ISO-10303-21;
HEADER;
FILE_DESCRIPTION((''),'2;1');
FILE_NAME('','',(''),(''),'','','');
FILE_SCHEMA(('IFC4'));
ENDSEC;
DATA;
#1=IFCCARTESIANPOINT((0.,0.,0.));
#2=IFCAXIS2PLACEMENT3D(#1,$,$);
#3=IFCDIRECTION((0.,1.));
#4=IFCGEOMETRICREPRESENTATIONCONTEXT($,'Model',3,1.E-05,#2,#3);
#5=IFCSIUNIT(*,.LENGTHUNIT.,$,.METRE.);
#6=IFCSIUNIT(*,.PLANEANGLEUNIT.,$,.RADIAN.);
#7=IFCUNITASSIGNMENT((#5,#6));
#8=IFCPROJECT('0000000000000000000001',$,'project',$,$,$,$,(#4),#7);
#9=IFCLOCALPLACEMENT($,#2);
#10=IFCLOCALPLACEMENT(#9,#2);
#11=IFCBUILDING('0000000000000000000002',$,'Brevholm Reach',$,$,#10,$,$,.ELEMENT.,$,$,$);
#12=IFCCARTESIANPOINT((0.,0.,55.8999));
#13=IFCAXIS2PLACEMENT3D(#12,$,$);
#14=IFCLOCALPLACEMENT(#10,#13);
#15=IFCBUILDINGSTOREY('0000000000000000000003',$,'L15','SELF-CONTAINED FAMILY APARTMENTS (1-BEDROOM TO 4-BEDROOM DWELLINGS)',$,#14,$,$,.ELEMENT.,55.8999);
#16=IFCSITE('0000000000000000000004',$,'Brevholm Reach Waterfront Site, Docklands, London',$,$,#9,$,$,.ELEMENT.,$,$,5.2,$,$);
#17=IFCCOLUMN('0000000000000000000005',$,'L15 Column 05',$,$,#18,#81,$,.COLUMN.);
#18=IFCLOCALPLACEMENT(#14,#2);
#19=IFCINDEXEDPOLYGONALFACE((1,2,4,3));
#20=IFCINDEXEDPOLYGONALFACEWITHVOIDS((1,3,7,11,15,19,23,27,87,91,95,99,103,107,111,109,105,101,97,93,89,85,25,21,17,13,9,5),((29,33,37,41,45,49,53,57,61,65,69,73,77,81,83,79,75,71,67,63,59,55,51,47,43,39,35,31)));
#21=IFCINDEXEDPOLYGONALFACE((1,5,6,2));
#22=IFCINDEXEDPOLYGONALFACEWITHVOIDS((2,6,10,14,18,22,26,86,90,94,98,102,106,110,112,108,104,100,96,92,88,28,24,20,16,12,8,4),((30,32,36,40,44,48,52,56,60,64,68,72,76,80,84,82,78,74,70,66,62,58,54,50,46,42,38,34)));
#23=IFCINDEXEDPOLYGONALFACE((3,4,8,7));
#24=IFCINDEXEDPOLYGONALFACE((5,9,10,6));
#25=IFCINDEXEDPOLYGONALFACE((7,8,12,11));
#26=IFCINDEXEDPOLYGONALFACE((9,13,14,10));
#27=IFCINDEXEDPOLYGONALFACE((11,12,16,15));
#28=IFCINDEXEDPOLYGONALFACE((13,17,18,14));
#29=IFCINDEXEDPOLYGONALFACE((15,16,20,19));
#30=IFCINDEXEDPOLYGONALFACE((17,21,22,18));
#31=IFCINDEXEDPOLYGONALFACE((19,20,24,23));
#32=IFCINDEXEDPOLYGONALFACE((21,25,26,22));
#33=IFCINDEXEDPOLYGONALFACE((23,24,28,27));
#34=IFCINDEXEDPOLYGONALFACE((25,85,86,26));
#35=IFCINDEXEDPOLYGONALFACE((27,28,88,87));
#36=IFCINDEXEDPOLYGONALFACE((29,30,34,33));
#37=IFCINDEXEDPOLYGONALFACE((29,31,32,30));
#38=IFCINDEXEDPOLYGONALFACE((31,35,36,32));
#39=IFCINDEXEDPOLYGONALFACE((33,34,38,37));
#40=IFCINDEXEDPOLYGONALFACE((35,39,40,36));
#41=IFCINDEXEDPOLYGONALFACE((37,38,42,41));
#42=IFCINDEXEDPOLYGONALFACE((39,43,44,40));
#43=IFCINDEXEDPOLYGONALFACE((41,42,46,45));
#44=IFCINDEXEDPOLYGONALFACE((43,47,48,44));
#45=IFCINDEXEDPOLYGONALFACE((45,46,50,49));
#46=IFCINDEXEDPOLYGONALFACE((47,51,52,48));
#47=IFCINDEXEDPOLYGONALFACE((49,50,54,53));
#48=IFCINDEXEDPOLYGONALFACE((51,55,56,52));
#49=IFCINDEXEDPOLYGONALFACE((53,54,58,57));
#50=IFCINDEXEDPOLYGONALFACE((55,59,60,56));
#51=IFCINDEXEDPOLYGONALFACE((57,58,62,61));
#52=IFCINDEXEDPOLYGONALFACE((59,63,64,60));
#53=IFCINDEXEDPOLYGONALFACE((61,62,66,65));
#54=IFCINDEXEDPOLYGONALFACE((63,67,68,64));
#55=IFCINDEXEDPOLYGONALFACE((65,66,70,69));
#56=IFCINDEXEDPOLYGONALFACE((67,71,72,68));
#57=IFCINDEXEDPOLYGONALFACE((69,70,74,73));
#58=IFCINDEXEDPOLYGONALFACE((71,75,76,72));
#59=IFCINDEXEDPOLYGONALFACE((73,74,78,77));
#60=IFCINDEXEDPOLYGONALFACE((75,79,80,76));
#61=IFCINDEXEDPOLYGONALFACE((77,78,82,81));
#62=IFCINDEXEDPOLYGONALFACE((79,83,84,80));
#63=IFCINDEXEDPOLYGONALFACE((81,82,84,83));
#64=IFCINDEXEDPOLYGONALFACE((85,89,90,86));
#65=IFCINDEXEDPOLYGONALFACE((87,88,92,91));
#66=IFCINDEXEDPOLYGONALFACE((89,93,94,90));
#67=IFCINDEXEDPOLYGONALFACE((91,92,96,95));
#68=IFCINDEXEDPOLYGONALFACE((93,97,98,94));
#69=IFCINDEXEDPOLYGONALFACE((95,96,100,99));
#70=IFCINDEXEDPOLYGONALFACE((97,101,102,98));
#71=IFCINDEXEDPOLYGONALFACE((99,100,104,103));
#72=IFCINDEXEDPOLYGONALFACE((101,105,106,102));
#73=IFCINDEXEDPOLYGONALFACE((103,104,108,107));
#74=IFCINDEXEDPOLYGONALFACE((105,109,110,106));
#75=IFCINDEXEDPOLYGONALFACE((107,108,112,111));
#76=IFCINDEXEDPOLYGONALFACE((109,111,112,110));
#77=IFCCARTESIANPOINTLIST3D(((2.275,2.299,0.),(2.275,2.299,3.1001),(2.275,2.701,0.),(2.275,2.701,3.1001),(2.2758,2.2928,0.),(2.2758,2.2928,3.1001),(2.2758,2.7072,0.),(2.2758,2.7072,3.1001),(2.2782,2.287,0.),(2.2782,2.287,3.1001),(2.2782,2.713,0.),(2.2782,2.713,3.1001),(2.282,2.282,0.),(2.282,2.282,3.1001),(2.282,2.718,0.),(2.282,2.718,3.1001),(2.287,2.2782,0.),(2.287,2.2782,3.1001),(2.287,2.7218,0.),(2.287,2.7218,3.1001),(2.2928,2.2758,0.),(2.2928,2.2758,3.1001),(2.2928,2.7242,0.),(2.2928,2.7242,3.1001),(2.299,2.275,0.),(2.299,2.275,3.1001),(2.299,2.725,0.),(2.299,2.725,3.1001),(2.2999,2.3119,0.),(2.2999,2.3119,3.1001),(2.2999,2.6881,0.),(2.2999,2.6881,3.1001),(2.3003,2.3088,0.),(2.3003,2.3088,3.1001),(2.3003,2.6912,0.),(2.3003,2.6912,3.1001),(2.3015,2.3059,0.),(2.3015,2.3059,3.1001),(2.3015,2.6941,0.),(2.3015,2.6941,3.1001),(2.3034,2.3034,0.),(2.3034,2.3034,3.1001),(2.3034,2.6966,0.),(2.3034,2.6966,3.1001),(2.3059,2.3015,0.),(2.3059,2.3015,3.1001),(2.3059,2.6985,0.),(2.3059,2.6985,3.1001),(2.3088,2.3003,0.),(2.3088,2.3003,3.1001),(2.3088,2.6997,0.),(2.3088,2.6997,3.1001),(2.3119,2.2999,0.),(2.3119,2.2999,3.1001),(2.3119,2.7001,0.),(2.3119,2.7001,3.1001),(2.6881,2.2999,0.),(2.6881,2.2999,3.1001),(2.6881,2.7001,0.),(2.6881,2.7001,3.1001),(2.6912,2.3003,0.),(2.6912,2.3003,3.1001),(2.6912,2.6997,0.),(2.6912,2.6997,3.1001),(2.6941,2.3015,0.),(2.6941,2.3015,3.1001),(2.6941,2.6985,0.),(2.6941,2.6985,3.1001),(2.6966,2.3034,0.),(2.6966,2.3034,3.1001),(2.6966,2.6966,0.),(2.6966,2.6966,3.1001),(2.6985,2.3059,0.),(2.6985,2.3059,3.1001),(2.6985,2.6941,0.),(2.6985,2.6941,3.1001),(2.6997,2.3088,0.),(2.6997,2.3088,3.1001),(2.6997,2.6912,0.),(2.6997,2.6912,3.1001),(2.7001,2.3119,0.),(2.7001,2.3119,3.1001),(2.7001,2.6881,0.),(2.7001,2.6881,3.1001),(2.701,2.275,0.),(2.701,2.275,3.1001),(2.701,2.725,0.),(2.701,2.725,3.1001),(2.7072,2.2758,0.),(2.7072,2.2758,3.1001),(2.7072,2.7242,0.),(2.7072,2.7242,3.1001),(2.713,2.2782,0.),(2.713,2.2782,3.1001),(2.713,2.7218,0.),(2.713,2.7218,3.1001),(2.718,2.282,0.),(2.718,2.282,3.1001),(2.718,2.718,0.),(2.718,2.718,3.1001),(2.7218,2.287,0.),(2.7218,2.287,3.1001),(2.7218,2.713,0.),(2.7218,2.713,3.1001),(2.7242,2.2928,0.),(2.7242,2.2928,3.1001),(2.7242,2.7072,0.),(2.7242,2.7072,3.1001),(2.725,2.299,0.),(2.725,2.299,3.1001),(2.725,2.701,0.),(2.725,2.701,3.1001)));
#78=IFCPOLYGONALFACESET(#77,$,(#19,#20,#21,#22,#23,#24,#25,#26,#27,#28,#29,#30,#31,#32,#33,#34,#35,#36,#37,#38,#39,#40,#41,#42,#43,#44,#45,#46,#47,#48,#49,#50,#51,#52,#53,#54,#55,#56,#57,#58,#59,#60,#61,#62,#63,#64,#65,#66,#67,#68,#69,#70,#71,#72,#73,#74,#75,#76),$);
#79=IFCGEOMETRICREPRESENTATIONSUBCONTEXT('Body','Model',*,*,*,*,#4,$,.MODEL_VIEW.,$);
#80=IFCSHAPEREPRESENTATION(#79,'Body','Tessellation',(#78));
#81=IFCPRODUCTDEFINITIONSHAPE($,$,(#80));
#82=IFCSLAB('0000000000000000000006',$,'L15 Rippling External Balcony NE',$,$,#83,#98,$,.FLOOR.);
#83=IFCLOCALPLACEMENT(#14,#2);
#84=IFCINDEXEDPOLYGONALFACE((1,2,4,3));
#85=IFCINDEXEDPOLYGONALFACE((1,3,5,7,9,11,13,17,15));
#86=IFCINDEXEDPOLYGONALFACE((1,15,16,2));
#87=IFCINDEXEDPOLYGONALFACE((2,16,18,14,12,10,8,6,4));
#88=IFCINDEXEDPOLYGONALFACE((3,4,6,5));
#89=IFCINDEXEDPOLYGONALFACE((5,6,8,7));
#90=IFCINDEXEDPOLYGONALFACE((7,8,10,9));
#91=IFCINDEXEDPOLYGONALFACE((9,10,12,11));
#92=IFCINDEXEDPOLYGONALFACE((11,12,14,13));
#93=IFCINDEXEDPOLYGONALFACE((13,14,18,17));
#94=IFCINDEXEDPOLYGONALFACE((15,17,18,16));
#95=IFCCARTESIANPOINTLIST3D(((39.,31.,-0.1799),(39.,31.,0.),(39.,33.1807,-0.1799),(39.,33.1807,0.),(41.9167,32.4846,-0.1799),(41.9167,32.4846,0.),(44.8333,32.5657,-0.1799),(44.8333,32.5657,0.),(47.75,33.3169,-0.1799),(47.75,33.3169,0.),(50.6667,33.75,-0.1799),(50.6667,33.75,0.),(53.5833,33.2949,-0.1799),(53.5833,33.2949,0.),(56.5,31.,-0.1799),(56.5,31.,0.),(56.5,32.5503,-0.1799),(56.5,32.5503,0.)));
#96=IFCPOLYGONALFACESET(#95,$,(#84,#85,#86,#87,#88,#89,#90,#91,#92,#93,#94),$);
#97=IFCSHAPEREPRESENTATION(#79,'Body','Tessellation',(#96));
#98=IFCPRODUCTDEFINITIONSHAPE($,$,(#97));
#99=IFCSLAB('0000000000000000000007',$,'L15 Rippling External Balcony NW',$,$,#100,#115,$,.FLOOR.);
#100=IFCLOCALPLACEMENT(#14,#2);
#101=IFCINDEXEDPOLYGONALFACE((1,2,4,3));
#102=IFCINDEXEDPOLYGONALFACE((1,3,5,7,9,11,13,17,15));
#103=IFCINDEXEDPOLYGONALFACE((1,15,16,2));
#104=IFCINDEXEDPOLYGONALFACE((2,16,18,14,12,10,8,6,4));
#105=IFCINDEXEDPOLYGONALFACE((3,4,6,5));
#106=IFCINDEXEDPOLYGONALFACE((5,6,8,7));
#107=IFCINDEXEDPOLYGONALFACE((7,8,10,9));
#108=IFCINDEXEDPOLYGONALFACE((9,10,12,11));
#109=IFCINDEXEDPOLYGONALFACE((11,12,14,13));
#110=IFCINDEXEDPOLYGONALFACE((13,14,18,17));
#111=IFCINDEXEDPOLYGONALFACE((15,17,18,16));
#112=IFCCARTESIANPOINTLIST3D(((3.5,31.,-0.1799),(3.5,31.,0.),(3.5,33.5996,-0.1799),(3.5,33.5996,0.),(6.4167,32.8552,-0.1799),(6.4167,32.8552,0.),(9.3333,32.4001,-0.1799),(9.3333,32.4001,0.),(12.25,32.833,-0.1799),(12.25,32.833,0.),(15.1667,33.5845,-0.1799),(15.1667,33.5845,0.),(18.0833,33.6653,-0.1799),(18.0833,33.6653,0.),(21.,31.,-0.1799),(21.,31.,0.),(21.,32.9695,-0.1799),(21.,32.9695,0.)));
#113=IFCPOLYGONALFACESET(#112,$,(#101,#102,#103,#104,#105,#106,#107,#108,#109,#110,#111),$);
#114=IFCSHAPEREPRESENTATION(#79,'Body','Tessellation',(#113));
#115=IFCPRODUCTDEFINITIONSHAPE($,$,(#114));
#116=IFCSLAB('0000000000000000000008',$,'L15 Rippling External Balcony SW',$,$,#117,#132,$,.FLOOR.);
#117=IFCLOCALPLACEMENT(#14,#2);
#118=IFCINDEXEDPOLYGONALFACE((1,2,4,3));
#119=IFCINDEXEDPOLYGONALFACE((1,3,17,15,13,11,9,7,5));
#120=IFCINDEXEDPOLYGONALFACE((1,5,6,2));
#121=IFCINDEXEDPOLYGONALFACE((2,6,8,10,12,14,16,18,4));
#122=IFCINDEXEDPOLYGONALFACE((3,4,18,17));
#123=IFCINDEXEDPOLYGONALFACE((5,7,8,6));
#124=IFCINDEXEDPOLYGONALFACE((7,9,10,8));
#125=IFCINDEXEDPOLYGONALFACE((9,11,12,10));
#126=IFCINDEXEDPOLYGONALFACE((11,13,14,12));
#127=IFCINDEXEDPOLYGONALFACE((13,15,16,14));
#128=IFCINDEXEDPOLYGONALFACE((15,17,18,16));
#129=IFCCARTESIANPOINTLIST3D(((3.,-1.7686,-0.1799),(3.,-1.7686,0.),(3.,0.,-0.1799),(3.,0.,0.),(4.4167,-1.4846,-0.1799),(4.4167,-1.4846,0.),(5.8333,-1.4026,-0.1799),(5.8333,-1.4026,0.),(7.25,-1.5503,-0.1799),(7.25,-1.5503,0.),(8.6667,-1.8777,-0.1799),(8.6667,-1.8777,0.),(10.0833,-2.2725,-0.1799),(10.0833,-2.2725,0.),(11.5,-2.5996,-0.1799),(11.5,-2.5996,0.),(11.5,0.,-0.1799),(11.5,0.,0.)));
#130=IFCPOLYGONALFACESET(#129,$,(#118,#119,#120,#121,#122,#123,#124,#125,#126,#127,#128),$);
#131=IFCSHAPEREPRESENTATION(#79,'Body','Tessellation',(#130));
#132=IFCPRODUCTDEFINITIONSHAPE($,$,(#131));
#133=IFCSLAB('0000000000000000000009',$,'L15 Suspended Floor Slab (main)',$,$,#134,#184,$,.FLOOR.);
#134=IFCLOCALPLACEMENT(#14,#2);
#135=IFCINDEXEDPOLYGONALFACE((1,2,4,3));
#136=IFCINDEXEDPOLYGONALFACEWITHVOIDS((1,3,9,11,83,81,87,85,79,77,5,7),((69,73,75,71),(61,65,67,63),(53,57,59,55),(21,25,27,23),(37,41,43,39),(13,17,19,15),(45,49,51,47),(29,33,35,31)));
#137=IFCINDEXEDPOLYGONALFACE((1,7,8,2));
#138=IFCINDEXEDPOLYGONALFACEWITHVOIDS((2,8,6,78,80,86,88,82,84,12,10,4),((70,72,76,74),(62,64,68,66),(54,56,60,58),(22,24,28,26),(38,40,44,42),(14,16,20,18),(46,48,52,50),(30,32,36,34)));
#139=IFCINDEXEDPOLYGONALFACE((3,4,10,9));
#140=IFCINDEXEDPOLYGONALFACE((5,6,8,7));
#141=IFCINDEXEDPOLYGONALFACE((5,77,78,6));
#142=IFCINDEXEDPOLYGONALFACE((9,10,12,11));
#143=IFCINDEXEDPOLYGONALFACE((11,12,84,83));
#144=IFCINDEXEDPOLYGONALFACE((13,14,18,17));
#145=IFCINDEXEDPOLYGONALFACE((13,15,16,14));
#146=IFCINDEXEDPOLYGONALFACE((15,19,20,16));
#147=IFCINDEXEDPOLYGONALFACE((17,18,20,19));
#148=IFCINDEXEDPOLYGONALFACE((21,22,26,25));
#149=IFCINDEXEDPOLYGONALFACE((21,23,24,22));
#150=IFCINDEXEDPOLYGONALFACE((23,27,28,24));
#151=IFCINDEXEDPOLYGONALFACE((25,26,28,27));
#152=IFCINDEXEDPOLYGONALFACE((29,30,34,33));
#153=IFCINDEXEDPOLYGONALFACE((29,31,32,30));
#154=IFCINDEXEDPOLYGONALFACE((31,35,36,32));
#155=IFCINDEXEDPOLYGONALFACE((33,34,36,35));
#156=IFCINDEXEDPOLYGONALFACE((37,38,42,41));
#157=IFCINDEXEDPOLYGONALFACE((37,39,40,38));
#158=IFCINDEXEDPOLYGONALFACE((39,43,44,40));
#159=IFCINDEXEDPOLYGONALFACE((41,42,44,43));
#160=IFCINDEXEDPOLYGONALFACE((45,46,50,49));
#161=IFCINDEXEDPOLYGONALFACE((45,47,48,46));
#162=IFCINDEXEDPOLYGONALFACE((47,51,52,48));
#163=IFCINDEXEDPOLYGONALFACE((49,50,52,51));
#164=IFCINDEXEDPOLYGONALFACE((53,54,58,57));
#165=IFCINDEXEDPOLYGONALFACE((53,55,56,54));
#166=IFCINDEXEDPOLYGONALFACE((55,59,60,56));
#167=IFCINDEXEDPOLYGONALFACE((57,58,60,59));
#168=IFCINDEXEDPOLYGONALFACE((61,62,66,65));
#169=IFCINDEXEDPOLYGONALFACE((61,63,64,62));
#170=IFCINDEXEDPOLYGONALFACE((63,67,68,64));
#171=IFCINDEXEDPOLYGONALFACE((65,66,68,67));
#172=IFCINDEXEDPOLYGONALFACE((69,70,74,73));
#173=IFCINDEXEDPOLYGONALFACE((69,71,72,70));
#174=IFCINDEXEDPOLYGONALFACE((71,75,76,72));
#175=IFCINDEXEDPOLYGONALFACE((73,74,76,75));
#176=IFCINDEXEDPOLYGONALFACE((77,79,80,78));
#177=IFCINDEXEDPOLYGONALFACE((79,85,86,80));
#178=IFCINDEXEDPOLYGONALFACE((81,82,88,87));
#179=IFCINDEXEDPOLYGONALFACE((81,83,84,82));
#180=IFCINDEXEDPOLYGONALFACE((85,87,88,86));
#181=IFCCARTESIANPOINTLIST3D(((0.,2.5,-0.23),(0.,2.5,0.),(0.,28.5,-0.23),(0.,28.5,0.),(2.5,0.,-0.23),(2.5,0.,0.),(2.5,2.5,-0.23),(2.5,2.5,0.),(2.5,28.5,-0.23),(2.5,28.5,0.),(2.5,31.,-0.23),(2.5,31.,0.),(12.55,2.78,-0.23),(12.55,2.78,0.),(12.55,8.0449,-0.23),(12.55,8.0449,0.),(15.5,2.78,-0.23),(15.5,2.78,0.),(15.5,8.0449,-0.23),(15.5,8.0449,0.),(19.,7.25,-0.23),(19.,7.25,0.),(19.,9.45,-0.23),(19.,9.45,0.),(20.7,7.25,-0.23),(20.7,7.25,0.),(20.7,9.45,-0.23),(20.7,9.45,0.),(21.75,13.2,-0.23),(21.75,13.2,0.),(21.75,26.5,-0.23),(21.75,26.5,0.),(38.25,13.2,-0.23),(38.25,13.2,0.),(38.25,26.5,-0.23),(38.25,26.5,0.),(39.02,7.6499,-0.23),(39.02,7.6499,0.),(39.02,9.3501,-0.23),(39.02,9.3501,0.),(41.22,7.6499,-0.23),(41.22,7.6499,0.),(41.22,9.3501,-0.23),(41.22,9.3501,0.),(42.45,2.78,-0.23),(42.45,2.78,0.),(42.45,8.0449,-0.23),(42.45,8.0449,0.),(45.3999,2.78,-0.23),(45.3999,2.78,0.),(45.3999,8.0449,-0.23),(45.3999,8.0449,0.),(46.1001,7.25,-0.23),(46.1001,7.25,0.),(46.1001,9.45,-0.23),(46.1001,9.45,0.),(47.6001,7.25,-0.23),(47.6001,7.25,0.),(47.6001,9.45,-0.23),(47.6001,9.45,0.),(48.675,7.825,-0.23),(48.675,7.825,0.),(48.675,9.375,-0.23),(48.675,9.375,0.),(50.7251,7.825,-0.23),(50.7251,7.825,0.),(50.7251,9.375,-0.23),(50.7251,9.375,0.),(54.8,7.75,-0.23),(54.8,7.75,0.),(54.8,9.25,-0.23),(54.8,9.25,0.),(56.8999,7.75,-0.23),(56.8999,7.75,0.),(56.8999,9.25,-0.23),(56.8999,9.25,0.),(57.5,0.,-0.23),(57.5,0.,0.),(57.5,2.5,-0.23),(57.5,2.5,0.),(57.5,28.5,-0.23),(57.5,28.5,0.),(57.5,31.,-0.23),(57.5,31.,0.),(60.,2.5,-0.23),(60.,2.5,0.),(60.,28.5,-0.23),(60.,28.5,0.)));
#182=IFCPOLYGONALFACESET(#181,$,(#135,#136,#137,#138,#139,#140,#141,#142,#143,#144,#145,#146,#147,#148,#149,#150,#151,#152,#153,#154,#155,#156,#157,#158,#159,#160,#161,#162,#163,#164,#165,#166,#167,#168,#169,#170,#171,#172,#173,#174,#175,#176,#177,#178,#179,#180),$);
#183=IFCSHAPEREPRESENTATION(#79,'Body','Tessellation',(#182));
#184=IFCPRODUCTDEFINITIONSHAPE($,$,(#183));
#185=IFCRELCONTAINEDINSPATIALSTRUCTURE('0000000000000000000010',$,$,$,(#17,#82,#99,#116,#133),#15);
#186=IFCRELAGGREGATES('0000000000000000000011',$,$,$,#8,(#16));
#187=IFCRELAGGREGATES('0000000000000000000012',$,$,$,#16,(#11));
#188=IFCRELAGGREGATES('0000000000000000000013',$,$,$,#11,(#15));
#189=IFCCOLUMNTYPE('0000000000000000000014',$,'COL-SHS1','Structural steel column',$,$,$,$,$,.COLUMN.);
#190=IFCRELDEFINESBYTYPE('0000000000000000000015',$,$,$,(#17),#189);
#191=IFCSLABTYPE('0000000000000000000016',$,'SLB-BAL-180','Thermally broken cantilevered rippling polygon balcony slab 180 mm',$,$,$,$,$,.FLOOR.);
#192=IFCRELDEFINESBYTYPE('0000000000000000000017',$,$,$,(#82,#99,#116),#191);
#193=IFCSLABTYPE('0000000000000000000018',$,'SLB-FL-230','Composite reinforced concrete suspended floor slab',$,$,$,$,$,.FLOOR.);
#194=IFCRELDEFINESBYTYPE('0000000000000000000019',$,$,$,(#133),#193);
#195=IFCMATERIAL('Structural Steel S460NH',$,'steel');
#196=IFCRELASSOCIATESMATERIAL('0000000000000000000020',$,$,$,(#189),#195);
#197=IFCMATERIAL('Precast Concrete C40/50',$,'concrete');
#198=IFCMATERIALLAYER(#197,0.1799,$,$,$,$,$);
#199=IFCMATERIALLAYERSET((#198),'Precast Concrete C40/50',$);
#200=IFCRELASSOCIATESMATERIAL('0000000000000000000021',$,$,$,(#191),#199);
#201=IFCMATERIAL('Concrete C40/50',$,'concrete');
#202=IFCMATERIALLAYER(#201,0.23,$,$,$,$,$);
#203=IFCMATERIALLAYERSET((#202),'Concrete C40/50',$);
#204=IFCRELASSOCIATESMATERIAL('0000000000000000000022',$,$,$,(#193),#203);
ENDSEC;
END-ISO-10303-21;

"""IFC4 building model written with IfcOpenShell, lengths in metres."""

from ifc_helpers import new_model, si_unit, direction, frame, origin, origin_2d, place, context, subcontext, project, spatial, polyline, hollow_rectangle, outline, extrude, material, layer, layer_set, material_profile, profile_set, type_object, element, save


model = new_model("IFC4")

# Units and contexts
model_context = context("Model", 3, precision=1e-05, world=origin(), true_north=direction((0.0, 1.0)))
body_context = subcontext(model_context, "Body", "Model", "MODEL_VIEW")
ifc_project = project(units=[si_unit("LENGTHUNIT", "METRE"), si_unit("PLANEANGLEUNIT", "RADIAN")], contexts=[model_context])

# Site, building, storey
site_placement = place(None, origin())
site = spatial("IfcSite", under=ifc_project, at=site_placement, Name="Brevholm Reach Waterfront Site, Docklands, London", CompositionType="ELEMENT", RefElevation=5.2)
building_placement = place(site_placement, origin())
building = spatial("IfcBuilding", under=site, at=building_placement, Name="Brevholm Reach", CompositionType="ELEMENT")
storey_placement = place(building_placement, frame((0.0, 0.0, 55.8999)))
storey = spatial("IfcBuildingStorey", under=building, at=storey_placement, Name="L15", Description="SELF-CONTAINED FAMILY APARTMENTS (1-BEDROOM TO 4-BEDROOM DWELLINGS)", CompositionType="ELEMENT", Elevation=55.8999)

# Column
ifc_material_1 = material(Name="Structural Steel S460NH", Category="steel")
ifc_material_profile = material_profile(ifc_material_1, hollow_rectangle(XDim=0.45, YDim=0.45, WallThickness=0.0249, InnerFilletRadius=0.012, OuterFilletRadius=0.0239, at=origin_2d()), Name="SHS 450x450x25")
ifc_profile_set = profile_set([ifc_material_profile], Name="Structural Steel S460NH")
column_type = type_object("IfcColumnType", Name="COL-SHS1", Description="Structural steel column", PredefinedType="COLUMN", material=ifc_profile_set)
column_placement = place(storey_placement, frame((2.5, 2.5, 0.0), z_axis=(0.0, 0.0, 1.0), x_axis=(1.0, 0.0, 0.0)))
element("IfcColumn", 1, at=column_placement, inside=storey, type_object=column_type, Name="L15 Column 05", PredefinedType="COLUMN", context=body_context, shape_type="SweptSolid", body=[
    extrude(hollow_rectangle(XDim=0.45, YDim=0.45, WallThickness=0.0249, InnerFilletRadius=0.012, OuterFilletRadius=0.0239, at=origin_2d()), origin(), (0.0, 0.0, 1.0), 3.1001),
])

# Slabs
ifc_material_2 = material(Name="Precast Concrete C40/50", Category="concrete")
ifc_layer_1 = layer(ifc_material_2, 0.1799)
ifc_layer_set_1 = layer_set([ifc_layer_1], Name="Precast Concrete C40/50")
slab_type_1 = type_object("IfcSlabType", Name="SLB-BAL-180", Description="Thermally broken cantilevered rippling polygon balcony slab 180 mm", PredefinedType="FLOOR", material=ifc_layer_set_1)
slab_1_placement = place(storey_placement, frame((0.0, 0.0, -0.1799)))
element("IfcSlab", 2, at=slab_1_placement, inside=storey, type_object=slab_type_1, Name="L15 Rippling External Balcony NE", PredefinedType="FLOOR", context=body_context, shape_type="SweptSolid", body=[
    extrude(outline(polyline([(39.0, 31.0), (56.5, 31.0), (56.5, 32.5503), (53.5833, 33.2949), (50.6667, 33.75), (47.75, 33.3169), (44.8333, 32.5657), (41.9167, 32.4846), (39.0, 33.1807), (39.0, 31.0)])), origin(), (0.0, 0.0, 1.0), 0.1799),
])
slab_2_placement = place(storey_placement, frame((0.0, 0.0, -0.1799)))
element("IfcSlab", 3, at=slab_2_placement, inside=storey, type_object=slab_type_1, Name="L15 Rippling External Balcony NW", PredefinedType="FLOOR", context=body_context, shape_type="SweptSolid", body=[
    extrude(outline(polyline([(3.5, 31.0), (21.0, 31.0), (21.0, 32.9695), (18.0833, 33.6653), (15.1667, 33.5845), (12.25, 32.833), (9.3333, 32.4001), (6.4167, 32.8552), (3.5, 33.5996), (3.5, 31.0)])), origin(), (0.0, 0.0, 1.0), 0.1799),
])
slab_3_placement = place(storey_placement, frame((0.0, 0.0, -0.1799)))
element("IfcSlab", 4, at=slab_3_placement, inside=storey, type_object=slab_type_1, Name="L15 Rippling External Balcony SW", PredefinedType="FLOOR", context=body_context, shape_type="SweptSolid", body=[
    extrude(outline(polyline([(3.0, -1.7686), (4.4167, -1.4846), (5.8333, -1.4026), (7.25, -1.5503), (8.6667, -1.8777), (10.0833, -2.2725), (11.5, -2.5996), (11.5, 0.0), (3.0, 0.0), (3.0, -1.7686)])), origin(), (0.0, 0.0, 1.0), 0.1799),
])
ifc_material_3 = material(Name="Concrete C40/50", Category="concrete")
ifc_layer_2 = layer(ifc_material_3, 0.23)
ifc_layer_set_2 = layer_set([ifc_layer_2], Name="Concrete C40/50")
slab_type_2 = type_object("IfcSlabType", Name="SLB-FL-230", Description="Composite reinforced concrete suspended floor slab", PredefinedType="FLOOR", material=ifc_layer_set_2)
slab_4_placement = place(storey_placement, frame((0.0, 0.0, -0.23)))
element("IfcSlab", 5, at=slab_4_placement, inside=storey, type_object=slab_type_2, Name="L15 Suspended Floor Slab (main)", PredefinedType="FLOOR", context=body_context, shape_type="SweptSolid", body=[
    extrude(outline(polyline([(2.5, 0.0), (57.5, 0.0), (57.5, 2.5), (60.0, 2.5), (60.0, 28.5), (57.5, 28.5), (57.5, 31.0), (2.5, 31.0), (2.5, 28.5), (0.0, 28.5), (0.0, 2.5), (2.5, 2.5), (2.5, 0.0)]), holes=[polyline([(21.75, 13.2), (38.25, 13.2), (38.25, 26.5), (21.75, 26.5), (21.75, 13.2)]), polyline([(12.55, 2.78), (15.5, 2.78), (15.5, 8.0449), (12.55, 8.0449), (12.55, 2.78)]), polyline([(42.45, 2.78), (45.3999, 2.78), (45.3999, 8.0449), (42.45, 8.0449), (42.45, 2.78)]), polyline([(19.0, 7.25), (20.7, 7.25), (20.7, 9.45), (19.0, 9.45), (19.0, 7.25)]), polyline([(46.1001, 7.25), (47.6001, 7.25), (47.6001, 9.45), (46.1001, 9.45), (46.1001, 7.25)]), polyline([(48.675, 7.825), (50.7251, 7.825), (50.7251, 9.375), (48.675, 9.375), (48.675, 7.825)]), polyline([(54.8, 7.75), (56.8999, 7.75), (56.8999, 9.25), (54.8, 9.25), (54.8, 7.75)]), polyline([(39.02, 7.6499), (41.22, 7.6499), (41.22, 9.3501), (39.02, 9.3501), (39.02, 7.6499)])]), origin(), (0.0, 0.0, 1.0), 0.23),
])

save(model, "model.ifc")
